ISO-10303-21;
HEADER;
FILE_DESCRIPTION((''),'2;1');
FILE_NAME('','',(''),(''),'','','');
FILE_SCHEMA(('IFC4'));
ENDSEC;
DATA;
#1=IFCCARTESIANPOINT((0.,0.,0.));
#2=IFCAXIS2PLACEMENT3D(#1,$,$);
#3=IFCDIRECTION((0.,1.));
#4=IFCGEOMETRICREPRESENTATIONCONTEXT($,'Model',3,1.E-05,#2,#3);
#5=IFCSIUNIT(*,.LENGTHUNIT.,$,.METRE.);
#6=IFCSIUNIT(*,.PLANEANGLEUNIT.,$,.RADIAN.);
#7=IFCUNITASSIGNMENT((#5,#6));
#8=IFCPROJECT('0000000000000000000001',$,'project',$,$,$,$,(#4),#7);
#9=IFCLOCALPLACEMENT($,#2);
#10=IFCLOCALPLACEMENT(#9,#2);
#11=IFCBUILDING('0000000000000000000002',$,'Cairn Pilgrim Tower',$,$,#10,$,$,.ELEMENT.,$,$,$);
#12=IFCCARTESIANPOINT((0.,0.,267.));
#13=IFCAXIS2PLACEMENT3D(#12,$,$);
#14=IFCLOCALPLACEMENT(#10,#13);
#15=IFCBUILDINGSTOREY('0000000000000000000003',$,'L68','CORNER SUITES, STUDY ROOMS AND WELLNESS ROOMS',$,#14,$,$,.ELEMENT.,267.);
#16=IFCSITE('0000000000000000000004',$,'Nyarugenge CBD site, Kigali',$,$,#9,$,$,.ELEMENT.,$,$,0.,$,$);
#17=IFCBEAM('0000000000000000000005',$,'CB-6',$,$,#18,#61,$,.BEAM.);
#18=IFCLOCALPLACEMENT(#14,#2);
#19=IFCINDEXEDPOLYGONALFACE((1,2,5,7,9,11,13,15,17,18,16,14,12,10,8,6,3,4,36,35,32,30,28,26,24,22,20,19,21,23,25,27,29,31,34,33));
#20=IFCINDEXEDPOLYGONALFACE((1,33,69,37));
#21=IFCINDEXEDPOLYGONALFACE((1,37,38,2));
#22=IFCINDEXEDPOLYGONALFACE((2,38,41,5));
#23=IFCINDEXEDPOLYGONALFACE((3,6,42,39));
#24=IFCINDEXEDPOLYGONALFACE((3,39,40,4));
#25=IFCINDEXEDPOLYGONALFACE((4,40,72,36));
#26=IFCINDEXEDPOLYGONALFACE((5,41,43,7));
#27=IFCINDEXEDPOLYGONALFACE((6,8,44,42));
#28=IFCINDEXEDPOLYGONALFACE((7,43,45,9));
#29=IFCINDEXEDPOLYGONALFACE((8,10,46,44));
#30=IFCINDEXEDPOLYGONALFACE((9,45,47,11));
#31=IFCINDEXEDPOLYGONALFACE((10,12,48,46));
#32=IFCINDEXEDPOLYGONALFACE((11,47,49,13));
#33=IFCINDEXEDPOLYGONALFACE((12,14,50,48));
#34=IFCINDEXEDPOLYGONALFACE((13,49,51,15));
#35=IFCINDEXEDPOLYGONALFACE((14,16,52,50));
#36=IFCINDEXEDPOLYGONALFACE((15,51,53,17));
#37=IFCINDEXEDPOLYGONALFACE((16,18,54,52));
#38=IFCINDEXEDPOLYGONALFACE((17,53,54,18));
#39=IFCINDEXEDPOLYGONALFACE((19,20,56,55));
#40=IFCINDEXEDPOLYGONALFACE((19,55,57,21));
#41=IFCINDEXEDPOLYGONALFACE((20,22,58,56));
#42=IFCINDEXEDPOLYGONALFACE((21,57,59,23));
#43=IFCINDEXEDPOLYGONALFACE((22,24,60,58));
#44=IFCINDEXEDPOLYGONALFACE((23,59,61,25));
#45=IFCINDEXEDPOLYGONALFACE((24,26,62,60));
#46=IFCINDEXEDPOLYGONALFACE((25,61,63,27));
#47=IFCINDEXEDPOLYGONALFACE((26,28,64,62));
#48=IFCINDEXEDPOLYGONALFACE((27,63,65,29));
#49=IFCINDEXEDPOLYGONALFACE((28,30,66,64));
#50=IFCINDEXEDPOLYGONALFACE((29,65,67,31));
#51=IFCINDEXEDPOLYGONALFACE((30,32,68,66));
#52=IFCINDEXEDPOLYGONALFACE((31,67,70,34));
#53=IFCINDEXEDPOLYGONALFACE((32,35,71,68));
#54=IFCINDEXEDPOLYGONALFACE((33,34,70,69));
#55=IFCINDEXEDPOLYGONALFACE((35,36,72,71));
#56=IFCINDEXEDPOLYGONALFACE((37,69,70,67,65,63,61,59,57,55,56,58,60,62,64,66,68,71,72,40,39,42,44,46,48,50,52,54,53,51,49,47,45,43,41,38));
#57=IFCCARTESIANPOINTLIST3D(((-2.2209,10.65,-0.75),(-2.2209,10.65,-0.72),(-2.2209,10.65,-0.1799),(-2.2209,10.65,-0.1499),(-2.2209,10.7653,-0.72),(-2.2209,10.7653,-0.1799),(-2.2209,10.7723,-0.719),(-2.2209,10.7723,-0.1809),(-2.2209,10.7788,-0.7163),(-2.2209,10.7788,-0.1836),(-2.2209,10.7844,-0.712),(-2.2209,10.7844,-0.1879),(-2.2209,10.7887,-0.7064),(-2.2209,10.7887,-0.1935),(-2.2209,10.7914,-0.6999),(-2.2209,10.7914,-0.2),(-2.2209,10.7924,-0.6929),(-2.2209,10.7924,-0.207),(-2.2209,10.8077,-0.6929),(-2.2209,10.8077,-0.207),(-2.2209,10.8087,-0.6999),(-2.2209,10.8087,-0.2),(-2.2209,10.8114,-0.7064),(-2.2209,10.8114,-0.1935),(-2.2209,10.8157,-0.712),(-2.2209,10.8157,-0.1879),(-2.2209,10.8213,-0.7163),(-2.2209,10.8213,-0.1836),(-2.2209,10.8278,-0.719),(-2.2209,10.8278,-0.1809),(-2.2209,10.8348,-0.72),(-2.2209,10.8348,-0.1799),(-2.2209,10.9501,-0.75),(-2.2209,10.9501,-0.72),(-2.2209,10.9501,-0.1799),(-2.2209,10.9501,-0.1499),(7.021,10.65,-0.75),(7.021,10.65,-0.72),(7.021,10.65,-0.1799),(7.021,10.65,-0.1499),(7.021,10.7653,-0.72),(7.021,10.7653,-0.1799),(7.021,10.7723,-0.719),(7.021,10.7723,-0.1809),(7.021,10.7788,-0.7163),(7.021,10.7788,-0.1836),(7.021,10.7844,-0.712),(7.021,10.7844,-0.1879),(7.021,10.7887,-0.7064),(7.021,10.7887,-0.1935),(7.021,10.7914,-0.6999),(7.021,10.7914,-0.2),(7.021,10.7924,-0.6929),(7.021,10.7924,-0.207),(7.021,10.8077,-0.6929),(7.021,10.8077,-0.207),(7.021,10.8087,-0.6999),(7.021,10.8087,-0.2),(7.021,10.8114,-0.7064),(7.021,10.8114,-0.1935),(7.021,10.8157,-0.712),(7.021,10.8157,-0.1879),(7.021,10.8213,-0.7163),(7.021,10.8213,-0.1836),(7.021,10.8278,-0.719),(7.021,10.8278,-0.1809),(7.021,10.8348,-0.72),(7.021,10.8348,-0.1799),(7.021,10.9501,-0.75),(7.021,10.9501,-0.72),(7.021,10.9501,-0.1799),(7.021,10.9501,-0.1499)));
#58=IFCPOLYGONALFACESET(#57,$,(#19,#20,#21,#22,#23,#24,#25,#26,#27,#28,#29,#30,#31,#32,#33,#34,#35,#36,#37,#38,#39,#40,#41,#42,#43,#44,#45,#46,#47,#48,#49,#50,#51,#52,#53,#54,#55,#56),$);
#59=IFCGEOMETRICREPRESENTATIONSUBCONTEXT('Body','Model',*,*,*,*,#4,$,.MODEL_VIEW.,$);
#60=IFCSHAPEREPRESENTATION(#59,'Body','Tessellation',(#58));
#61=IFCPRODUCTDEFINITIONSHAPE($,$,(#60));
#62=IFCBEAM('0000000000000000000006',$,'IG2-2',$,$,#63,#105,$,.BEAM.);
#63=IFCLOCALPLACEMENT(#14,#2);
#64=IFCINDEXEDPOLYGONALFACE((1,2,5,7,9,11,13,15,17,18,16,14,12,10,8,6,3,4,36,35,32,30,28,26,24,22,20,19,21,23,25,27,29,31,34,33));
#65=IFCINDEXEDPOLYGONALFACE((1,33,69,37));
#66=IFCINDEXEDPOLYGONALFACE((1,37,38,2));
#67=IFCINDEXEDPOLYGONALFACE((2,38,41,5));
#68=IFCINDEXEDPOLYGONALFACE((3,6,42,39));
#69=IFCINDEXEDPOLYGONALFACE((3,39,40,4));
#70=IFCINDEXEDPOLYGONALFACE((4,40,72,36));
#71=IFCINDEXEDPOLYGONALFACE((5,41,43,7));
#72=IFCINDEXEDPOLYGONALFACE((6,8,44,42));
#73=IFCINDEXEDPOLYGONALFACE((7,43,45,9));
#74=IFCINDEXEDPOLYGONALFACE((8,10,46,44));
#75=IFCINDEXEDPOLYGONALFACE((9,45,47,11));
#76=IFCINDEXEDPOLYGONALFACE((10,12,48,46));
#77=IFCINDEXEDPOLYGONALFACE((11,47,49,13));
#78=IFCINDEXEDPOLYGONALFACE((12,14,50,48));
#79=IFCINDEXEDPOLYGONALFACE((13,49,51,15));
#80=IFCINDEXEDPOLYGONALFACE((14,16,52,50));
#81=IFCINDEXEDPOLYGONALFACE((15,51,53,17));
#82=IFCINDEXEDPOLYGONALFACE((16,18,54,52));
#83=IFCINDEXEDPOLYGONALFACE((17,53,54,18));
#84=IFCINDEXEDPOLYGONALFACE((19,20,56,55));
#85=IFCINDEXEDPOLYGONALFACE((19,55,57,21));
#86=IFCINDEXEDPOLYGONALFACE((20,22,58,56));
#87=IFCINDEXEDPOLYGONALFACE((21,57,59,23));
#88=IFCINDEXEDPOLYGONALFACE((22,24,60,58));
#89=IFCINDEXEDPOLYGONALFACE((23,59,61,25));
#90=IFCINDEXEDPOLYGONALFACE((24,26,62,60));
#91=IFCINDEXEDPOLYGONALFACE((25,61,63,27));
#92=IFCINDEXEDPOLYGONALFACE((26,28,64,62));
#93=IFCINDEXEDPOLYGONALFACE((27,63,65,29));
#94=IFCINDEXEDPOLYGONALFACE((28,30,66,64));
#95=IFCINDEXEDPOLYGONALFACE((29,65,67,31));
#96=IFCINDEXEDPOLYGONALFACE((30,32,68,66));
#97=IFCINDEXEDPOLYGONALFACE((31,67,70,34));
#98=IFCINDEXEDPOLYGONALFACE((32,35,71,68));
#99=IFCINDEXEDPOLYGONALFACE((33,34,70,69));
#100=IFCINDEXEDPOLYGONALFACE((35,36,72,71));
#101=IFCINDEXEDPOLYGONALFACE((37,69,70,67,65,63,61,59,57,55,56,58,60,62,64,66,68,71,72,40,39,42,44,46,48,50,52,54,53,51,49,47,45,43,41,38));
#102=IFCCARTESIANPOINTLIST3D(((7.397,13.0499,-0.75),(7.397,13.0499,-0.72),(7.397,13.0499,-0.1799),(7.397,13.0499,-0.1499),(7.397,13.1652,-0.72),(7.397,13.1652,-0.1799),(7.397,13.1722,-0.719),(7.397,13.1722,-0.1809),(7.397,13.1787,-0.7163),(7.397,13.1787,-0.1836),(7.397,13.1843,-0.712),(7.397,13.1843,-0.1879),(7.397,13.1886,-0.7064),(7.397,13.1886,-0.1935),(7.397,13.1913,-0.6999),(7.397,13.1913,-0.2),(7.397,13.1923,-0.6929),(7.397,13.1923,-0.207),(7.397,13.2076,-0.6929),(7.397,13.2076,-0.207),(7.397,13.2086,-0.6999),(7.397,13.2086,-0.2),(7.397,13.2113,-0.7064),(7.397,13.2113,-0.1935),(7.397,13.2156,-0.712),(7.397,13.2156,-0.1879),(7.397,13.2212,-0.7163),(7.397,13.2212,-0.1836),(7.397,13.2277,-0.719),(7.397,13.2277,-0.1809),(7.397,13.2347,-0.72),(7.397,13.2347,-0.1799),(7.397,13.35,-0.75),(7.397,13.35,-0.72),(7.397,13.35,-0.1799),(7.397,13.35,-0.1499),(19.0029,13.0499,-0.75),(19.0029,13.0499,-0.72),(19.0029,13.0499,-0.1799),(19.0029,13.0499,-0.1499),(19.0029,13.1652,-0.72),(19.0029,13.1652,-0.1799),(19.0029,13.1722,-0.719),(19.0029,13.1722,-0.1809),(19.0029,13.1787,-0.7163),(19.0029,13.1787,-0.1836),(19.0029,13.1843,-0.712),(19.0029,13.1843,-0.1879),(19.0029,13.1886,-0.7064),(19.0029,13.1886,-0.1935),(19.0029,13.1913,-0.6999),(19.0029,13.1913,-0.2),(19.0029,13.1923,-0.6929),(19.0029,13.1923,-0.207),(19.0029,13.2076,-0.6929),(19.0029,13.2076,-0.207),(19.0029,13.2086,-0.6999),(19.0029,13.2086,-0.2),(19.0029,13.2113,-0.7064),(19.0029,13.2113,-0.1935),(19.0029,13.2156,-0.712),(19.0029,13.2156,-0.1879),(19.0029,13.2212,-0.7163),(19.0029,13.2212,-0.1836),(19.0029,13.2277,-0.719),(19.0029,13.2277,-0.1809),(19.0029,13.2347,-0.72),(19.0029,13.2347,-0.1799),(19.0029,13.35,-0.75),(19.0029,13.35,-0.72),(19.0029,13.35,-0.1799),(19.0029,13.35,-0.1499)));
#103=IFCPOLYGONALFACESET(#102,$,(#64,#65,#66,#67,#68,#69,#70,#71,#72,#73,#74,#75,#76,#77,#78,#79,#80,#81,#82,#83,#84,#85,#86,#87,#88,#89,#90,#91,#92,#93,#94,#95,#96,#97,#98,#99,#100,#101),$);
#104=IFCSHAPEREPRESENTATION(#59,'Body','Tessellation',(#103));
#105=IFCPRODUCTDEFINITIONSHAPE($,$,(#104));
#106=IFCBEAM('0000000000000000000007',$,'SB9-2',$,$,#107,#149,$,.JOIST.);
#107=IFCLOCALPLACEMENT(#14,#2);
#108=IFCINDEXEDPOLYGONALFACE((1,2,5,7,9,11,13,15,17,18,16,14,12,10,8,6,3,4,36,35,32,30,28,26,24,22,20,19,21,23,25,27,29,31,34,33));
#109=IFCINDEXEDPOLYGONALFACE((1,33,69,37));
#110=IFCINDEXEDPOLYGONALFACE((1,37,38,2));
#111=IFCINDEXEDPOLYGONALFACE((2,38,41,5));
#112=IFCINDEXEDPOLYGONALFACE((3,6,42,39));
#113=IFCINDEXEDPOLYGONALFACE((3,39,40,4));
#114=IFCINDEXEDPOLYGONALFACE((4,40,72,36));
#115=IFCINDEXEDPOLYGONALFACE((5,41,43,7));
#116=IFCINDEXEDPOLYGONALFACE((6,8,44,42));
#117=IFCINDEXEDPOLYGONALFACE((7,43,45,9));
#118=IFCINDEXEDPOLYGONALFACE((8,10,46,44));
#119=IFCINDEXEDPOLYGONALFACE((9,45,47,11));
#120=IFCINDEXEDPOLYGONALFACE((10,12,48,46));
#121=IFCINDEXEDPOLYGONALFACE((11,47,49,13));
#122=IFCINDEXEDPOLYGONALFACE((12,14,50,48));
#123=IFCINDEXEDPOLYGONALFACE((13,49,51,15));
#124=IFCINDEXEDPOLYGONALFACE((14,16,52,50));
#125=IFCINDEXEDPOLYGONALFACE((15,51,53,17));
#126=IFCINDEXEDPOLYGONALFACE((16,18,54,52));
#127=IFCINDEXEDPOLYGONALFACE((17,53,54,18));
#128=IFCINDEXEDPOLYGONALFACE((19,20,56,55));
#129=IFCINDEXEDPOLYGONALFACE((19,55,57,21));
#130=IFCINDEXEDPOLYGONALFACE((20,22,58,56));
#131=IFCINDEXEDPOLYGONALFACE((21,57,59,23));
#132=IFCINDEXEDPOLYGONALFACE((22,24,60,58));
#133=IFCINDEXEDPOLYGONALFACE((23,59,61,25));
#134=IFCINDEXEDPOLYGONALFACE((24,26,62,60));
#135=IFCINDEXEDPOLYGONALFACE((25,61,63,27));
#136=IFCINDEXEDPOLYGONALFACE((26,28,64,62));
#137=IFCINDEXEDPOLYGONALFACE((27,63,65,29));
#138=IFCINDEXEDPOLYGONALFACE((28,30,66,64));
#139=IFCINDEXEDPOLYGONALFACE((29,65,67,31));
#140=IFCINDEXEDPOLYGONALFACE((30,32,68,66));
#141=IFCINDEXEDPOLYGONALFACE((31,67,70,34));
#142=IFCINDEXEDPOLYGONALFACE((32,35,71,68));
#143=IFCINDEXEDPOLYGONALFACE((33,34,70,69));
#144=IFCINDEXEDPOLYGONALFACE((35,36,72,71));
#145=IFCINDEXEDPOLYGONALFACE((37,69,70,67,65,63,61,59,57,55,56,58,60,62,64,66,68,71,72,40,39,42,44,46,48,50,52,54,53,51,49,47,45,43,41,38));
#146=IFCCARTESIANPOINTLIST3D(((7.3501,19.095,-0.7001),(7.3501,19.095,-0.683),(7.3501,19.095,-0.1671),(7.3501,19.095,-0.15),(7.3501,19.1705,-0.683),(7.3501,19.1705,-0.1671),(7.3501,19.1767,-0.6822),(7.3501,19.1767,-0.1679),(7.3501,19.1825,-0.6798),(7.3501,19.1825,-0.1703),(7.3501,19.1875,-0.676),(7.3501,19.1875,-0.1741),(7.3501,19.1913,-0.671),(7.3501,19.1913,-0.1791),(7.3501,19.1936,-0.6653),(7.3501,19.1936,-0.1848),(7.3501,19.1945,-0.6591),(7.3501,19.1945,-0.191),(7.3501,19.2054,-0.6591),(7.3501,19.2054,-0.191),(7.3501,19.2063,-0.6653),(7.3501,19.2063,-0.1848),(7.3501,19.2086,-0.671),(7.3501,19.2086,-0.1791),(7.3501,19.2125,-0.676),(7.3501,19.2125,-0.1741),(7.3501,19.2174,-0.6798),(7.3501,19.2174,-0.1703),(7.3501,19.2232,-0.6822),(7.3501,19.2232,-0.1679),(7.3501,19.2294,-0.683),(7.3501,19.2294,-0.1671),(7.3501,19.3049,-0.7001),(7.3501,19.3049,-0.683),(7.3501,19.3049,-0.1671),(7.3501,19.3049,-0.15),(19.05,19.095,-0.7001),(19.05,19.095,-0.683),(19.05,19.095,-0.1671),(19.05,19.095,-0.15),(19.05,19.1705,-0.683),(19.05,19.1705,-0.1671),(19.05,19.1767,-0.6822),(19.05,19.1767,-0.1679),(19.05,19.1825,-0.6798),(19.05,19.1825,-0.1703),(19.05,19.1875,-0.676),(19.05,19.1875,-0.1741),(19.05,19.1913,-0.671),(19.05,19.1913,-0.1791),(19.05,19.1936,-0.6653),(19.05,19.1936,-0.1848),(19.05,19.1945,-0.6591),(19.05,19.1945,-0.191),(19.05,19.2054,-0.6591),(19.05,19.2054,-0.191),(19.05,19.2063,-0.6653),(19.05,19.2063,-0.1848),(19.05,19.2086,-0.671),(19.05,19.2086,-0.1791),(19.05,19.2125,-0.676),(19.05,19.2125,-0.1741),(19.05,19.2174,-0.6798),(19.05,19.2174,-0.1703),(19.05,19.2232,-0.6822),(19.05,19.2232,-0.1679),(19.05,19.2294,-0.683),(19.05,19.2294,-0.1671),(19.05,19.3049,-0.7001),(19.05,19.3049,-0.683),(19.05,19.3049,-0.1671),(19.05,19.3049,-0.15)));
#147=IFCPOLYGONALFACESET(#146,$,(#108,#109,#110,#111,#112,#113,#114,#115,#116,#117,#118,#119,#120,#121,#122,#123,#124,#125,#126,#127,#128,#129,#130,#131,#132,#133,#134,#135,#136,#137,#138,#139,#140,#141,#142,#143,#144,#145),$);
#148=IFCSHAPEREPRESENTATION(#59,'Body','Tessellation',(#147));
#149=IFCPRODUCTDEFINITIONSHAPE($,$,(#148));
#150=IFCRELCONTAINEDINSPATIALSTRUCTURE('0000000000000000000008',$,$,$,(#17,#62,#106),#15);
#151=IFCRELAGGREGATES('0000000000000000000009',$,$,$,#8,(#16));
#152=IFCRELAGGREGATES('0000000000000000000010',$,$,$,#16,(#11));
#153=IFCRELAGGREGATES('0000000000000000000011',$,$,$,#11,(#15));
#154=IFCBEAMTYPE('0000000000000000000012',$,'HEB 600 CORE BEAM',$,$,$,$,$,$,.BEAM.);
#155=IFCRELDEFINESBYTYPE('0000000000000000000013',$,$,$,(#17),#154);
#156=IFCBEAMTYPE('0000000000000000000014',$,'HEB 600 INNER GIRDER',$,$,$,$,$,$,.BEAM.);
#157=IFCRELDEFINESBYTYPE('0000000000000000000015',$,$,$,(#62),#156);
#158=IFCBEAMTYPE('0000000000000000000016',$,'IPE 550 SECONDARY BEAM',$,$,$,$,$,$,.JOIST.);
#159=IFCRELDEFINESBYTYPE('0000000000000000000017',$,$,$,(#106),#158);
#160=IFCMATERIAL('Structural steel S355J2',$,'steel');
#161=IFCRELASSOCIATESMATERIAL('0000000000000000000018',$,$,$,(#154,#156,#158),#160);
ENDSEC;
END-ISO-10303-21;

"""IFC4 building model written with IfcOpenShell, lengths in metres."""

from ifc_helpers import new_model, si_unit, direction, frame, origin, origin_2d, place, context, subcontext, project, spatial, i_section, extrude, material, material_profile, profile_set, type_object, element, save


model = new_model("IFC4")

# Units and contexts
model_context = context("Model", 3, precision=1e-05, world=origin(), true_north=direction((0.0, 1.0)))
body_context = subcontext(model_context, "Body", "Model", "MODEL_VIEW")
ifc_project = project(units=[si_unit("LENGTHUNIT", "METRE"), si_unit("PLANEANGLEUNIT", "RADIAN")], contexts=[model_context])

# Site, building, storey
site_placement = place(None, origin())
site = spatial("IfcSite", under=ifc_project, at=site_placement, Name="Nyarugenge CBD site, Kigali", CompositionType="ELEMENT", RefElevation=0.0)
building_placement = place(site_placement, origin())
building = spatial("IfcBuilding", under=site, at=building_placement, Name="Cairn Pilgrim Tower", CompositionType="ELEMENT")
storey_placement = place(building_placement, frame((0.0, 0.0, 267.0)))
storey = spatial("IfcBuildingStorey", under=building, at=storey_placement, Name="L68", Description="CORNER SUITES, STUDY ROOMS AND WELLNESS ROOMS", CompositionType="ELEMENT", Elevation=267.0)

# Shared definitions
ifc_material_1 = material(Name="Structural steel S355J2", Category="steel")

# Beams
ifc_material_profile_1 = material_profile(ifc_material_1, i_section(OverallWidth=0.3, OverallDepth=0.6001, WebThickness=0.0154, FlangeThickness=0.03, FilletRadius=0.0271, at=origin_2d()), Name="HEB 600")
ifc_profile_set_1 = profile_set([ifc_material_profile_1], Name="Structural steel S355J2")
beam_type_1 = type_object("IfcBeamType", Name="HEB 600 CORE BEAM", PredefinedType="BEAM", material=ifc_profile_set_1)
beam_1_placement = place(storey_placement, frame((7.021, 10.8, -0.45), z_axis=(-1.0, 0.0, 0.0), x_axis=(0.0, -1.0, 0.0)))
element("IfcBeam", 1, at=beam_1_placement, inside=storey, type_object=beam_type_1, Name="CB-6", PredefinedType="BEAM", context=body_context, shape_type="SweptSolid", body=[
    extrude(i_section(OverallWidth=0.3, OverallDepth=0.6001, WebThickness=0.0154, FlangeThickness=0.03, FilletRadius=0.0271, at=origin_2d()), origin(), (0.0, 0.0, 1.0), 9.2419),
])
ifc_material_profile_2 = material_profile(ifc_material_1, i_section(OverallWidth=0.3, OverallDepth=0.6001, WebThickness=0.0154, FlangeThickness=0.03, FilletRadius=0.0271, at=origin_2d()), Name="HEB 600")
ifc_profile_set_2 = profile_set([ifc_material_profile_2], Name="Structural steel S355J2")
beam_type_2 = type_object("IfcBeamType", Name="HEB 600 INNER GIRDER", PredefinedType="BEAM", material=ifc_profile_set_2)
beam_2_placement = place(storey_placement, frame((7.397, 13.2, -0.45), z_axis=(1.0, 0.0, 0.0), x_axis=(0.0, 1.0, 0.0)))
element("IfcBeam", 2, at=beam_2_placement, inside=storey, type_object=beam_type_2, Name="IG2-2", PredefinedType="BEAM", context=body_context, shape_type="SweptSolid", body=[
    extrude(i_section(OverallWidth=0.3, OverallDepth=0.6001, WebThickness=0.0154, FlangeThickness=0.03, FilletRadius=0.0271, at=origin_2d()), origin(), (0.0, 0.0, 1.0), 11.606),
])
ifc_material_profile_3 = material_profile(ifc_material_1, i_section(OverallWidth=0.21, OverallDepth=0.55, WebThickness=0.011, FlangeThickness=0.0171, FilletRadius=0.0239, at=origin_2d()), Name="IPE 550")
ifc_profile_set_3 = profile_set([ifc_material_profile_3], Name="Structural steel S355J2")
beam_type_3 = type_object("IfcBeamType", Name="IPE 550 SECONDARY BEAM", PredefinedType="JOIST", material=ifc_profile_set_3)
beam_3_placement = place(storey_placement, frame((7.3501, 19.2, -0.425), z_axis=(1.0, 0.0, 0.0), x_axis=(0.0, 1.0, 0.0)))
element("IfcBeam", 3, at=beam_3_placement, inside=storey, type_object=beam_type_3, Name="SB9-2", PredefinedType="JOIST", context=body_context, shape_type="SweptSolid", body=[
    extrude(i_section(OverallWidth=0.21, OverallDepth=0.55, WebThickness=0.011, FlangeThickness=0.0171, FilletRadius=0.0239, at=origin_2d()), origin(), (0.0, 0.0, 1.0), 11.7),
])

save(model, "model.ifc")
